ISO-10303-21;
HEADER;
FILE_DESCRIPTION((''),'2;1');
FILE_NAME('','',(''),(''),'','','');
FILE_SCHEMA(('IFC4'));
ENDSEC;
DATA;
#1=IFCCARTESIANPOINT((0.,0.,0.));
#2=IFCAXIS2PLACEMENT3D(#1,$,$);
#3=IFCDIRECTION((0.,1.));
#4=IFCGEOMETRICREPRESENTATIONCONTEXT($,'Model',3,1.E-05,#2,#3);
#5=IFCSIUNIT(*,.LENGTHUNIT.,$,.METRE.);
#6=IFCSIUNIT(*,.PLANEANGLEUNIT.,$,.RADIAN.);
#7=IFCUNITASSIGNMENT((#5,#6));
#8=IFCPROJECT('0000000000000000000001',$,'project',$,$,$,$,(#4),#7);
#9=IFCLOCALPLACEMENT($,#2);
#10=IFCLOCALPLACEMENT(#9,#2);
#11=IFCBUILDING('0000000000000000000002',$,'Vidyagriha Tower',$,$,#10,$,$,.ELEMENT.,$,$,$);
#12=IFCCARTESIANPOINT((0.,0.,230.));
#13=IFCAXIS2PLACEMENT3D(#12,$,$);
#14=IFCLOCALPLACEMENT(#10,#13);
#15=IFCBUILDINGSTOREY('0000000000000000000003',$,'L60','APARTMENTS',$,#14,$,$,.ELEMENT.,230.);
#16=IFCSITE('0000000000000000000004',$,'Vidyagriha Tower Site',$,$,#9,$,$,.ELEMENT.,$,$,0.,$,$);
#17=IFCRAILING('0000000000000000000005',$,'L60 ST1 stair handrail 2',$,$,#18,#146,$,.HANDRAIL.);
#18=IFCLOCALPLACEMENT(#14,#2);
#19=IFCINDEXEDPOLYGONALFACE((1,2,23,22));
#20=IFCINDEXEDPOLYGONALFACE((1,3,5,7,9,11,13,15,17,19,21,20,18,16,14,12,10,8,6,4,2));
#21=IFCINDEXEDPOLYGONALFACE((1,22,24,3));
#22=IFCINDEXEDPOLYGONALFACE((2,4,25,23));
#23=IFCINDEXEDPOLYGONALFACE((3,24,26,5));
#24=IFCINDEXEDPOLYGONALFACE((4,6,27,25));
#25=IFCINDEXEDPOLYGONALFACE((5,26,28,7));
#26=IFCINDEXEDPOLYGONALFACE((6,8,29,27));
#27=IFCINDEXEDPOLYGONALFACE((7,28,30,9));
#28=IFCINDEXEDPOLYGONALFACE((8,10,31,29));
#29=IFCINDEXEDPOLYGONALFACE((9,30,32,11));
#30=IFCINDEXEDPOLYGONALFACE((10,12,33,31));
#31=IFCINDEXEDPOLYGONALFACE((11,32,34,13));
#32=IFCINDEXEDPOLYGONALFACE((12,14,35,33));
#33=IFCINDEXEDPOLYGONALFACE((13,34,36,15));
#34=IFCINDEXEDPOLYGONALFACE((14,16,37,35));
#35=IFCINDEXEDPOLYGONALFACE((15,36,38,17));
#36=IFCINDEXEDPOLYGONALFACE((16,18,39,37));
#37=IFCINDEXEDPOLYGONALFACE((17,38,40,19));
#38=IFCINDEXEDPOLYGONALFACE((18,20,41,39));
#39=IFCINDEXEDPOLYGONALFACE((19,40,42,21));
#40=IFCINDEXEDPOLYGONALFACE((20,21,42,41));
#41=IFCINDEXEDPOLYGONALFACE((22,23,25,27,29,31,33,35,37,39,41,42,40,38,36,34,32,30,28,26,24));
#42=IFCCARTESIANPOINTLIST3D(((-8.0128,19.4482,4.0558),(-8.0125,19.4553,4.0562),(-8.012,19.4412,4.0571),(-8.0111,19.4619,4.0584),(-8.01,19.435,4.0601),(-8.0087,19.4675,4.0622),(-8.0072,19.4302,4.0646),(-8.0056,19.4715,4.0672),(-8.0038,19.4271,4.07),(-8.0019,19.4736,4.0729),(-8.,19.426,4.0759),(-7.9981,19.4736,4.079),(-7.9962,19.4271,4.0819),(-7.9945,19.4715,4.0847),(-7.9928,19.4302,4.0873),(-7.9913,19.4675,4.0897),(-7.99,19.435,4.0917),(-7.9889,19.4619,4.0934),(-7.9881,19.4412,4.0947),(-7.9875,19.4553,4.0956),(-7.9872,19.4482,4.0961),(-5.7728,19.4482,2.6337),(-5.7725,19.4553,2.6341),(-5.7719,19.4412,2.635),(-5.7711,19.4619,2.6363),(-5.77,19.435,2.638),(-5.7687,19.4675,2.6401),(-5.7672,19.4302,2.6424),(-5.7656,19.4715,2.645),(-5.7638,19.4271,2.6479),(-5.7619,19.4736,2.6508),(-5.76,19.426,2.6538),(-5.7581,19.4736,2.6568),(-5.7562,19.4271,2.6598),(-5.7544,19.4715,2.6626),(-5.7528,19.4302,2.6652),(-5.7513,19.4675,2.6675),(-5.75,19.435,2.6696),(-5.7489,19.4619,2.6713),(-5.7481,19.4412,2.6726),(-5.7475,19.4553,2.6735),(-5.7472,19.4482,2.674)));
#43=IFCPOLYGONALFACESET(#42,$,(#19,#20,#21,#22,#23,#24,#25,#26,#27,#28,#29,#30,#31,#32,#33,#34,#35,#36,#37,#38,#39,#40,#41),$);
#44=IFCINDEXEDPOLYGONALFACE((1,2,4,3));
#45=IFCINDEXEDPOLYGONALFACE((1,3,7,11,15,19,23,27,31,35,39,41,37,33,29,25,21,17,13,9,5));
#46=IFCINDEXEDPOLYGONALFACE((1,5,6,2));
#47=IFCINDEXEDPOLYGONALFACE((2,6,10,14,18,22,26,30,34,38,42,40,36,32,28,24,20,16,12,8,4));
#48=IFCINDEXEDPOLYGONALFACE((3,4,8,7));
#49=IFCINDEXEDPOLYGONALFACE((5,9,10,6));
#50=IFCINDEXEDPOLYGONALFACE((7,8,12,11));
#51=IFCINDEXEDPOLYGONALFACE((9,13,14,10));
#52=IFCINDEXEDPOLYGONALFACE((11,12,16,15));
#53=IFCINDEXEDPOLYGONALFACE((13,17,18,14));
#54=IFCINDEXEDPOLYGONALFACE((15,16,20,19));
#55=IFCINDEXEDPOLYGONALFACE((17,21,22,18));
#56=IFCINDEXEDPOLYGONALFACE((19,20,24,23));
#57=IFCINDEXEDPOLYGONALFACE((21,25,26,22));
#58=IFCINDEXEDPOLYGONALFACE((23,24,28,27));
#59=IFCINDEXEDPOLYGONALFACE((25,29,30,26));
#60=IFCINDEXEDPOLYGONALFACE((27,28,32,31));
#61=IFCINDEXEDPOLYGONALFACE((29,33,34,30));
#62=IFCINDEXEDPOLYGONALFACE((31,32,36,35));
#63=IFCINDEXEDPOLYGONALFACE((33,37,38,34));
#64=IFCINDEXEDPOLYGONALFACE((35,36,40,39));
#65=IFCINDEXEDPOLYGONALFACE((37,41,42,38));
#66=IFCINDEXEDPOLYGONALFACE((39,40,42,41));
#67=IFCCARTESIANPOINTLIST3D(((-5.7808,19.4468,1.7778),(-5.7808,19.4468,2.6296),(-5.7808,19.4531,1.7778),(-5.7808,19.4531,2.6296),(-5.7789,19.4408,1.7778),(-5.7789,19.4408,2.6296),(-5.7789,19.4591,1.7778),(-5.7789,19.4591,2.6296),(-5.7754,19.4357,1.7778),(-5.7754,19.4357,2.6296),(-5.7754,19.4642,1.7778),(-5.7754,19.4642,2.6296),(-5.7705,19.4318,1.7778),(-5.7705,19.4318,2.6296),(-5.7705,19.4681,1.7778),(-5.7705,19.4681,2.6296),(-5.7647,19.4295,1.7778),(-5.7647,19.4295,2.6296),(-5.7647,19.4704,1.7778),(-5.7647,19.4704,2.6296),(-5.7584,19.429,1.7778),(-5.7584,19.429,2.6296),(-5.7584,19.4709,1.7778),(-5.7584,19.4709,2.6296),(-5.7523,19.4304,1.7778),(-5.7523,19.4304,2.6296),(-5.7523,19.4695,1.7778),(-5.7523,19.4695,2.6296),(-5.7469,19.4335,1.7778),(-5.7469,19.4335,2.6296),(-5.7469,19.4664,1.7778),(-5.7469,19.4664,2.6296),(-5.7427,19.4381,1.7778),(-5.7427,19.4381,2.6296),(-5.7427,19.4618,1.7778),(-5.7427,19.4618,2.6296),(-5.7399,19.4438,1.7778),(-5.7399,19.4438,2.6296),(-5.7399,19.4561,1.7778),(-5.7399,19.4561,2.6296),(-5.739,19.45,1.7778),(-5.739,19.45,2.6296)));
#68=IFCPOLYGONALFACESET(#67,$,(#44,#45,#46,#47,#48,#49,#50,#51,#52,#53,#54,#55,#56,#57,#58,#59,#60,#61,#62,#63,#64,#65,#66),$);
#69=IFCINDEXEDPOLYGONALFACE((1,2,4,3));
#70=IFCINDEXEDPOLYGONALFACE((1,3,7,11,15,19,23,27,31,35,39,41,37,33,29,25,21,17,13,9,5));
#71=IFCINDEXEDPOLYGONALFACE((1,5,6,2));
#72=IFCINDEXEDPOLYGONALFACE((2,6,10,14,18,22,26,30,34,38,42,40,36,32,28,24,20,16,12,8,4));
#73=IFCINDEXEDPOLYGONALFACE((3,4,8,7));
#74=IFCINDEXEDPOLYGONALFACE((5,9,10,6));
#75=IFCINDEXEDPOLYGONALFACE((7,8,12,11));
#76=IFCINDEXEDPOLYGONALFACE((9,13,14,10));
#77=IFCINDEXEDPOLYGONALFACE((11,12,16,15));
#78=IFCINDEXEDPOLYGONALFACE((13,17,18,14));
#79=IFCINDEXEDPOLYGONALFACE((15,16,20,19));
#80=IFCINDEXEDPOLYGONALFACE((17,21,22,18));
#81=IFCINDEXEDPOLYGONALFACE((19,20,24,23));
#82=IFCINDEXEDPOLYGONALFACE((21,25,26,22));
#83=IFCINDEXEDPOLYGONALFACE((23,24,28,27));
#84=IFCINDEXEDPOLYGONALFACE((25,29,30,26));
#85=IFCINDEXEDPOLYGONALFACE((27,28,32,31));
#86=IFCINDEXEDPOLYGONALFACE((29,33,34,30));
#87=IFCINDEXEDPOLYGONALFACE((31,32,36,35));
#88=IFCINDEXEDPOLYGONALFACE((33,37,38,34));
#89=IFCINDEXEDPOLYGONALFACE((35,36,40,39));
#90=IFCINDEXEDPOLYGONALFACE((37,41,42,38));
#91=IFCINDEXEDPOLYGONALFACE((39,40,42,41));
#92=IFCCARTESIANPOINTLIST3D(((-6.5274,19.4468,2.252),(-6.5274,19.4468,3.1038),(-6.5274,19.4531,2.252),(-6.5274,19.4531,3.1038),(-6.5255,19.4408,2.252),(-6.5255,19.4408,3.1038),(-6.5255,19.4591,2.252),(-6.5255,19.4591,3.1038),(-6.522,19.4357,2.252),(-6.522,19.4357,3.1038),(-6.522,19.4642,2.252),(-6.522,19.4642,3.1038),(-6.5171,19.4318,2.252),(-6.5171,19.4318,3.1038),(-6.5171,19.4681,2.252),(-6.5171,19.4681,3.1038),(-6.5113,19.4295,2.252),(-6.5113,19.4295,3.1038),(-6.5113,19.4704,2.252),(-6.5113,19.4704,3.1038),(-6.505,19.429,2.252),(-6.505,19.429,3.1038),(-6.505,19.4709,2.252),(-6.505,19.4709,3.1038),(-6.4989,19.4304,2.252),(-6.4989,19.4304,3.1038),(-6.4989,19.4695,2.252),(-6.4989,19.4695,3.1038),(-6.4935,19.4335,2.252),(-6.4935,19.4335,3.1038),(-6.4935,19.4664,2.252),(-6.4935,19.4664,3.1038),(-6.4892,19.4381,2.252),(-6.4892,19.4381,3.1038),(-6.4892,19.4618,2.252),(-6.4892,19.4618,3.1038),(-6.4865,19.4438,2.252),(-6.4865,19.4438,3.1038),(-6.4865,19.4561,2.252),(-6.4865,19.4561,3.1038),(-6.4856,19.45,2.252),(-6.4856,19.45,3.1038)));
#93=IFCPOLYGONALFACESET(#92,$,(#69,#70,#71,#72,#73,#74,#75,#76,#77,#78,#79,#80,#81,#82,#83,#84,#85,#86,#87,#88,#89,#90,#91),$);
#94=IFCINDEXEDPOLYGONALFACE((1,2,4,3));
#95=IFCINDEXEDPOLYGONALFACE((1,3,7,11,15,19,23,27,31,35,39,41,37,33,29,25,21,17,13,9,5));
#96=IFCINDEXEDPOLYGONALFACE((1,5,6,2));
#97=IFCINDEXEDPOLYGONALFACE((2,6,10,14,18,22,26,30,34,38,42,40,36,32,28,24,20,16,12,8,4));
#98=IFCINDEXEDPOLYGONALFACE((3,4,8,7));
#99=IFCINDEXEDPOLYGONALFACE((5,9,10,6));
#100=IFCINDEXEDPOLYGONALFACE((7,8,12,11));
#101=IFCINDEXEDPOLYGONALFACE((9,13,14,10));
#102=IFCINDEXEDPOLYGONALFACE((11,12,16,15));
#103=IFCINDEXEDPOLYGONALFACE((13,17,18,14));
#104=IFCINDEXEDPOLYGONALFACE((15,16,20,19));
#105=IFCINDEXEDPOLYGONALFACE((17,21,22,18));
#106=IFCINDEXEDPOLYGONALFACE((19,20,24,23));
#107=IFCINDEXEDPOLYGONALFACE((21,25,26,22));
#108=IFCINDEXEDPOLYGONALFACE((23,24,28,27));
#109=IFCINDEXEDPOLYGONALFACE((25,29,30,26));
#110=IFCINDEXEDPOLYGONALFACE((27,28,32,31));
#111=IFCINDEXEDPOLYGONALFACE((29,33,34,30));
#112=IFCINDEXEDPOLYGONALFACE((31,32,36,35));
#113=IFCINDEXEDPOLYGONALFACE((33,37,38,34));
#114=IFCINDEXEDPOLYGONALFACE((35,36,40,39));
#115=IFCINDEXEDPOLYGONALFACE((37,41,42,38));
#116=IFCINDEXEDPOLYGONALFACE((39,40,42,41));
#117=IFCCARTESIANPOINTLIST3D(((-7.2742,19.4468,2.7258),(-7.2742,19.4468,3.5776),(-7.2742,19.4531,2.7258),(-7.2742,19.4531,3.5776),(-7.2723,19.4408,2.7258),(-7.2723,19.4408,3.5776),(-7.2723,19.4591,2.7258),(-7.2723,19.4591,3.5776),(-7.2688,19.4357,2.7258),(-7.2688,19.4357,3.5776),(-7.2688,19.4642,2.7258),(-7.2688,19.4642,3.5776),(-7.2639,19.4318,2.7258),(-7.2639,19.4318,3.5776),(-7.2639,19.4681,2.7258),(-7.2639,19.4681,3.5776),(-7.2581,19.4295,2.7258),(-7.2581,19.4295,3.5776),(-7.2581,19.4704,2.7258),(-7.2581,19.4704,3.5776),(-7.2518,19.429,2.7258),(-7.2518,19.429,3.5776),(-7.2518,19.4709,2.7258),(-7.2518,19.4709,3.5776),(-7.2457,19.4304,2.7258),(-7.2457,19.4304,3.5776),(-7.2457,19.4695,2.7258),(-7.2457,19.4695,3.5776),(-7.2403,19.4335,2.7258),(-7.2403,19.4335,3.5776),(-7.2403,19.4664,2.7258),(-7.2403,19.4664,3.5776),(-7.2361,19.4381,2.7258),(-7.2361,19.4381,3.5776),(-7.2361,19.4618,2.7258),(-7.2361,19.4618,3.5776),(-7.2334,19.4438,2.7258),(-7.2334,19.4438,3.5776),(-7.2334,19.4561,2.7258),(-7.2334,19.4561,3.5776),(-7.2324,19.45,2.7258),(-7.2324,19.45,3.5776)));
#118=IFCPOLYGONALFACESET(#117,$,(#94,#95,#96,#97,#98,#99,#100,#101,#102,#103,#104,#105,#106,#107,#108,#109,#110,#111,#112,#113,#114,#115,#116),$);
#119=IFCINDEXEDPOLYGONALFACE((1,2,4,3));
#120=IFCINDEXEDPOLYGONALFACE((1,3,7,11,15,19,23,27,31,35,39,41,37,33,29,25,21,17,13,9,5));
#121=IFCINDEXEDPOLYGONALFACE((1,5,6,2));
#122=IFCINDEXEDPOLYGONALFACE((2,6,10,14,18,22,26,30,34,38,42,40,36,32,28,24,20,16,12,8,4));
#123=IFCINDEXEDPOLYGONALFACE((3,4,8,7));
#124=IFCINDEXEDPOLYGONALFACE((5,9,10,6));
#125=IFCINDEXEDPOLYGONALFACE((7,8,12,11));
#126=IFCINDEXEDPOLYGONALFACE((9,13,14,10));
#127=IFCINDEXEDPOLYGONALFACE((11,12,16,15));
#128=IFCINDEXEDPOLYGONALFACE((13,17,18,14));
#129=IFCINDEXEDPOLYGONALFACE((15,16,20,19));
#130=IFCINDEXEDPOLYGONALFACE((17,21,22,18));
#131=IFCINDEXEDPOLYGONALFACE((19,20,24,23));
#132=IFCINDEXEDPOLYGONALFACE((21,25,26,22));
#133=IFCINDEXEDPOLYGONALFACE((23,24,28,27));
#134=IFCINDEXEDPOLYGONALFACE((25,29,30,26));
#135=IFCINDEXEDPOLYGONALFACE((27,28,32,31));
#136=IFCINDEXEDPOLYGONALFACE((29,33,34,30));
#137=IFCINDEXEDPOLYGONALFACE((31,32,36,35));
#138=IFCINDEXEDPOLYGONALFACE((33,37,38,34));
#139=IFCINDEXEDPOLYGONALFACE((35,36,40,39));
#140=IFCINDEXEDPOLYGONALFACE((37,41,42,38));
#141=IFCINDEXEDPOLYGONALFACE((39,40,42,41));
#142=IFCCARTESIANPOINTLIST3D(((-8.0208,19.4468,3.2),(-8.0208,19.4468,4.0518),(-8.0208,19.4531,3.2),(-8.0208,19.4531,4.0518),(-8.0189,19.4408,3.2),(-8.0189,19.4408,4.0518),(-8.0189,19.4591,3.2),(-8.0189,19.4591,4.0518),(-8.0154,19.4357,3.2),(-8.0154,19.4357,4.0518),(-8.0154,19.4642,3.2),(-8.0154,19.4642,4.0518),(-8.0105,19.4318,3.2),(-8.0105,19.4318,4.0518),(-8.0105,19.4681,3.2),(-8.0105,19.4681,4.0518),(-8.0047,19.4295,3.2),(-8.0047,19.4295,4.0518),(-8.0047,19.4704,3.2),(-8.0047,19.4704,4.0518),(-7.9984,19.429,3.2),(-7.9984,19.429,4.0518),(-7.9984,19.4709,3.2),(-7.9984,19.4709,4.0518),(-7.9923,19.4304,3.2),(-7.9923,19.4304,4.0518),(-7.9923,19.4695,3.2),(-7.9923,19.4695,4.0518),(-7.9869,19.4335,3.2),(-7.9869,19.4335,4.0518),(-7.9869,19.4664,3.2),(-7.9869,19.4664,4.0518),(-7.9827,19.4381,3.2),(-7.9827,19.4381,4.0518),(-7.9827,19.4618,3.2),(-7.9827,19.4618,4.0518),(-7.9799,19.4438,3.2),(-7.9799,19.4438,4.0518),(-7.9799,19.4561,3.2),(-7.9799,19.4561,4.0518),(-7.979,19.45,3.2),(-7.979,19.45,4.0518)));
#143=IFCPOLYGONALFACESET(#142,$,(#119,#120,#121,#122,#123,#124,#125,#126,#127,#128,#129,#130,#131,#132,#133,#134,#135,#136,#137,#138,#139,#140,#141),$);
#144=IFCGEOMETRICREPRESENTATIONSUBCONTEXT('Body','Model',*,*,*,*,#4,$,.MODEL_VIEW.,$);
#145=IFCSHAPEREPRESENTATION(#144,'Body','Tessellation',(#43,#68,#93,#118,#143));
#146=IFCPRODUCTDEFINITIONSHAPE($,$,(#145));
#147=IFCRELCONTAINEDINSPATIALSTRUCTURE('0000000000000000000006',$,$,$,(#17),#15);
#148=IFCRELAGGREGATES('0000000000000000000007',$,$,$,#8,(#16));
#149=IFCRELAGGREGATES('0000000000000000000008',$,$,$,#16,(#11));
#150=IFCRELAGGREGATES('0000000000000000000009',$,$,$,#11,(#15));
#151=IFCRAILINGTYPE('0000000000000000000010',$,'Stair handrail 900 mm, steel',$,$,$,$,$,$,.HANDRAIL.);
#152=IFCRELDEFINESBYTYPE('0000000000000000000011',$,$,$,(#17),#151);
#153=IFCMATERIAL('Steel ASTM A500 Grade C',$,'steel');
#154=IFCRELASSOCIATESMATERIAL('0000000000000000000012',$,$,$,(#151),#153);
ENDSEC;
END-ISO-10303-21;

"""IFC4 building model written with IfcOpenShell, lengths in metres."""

from ifc_helpers import new_model, si_unit, direction, frame, origin, origin_2d, place, context, subcontext, project, spatial, circle, extrude, material, type_object, element, save


model = new_model("IFC4")

# Units and contexts
model_context = context("Model", 3, precision=1e-05, world=origin(), true_north=direction((0.0, 1.0)))
body_context = subcontext(model_context, "Body", "Model", "MODEL_VIEW")
ifc_project = project(units=[si_unit("LENGTHUNIT", "METRE"), si_unit("PLANEANGLEUNIT", "RADIAN")], contexts=[model_context])

# Site, building, storey
site_placement = place(None, origin())
site = spatial("IfcSite", under=ifc_project, at=site_placement, Name="Vidyagriha Tower Site", CompositionType="ELEMENT", RefElevation=0.0)
building_placement = place(site_placement, origin())
building = spatial("IfcBuilding", under=site, at=building_placement, Name="Vidyagriha Tower", CompositionType="ELEMENT")
storey_placement = place(building_placement, frame((0.0, 0.0, 230.0)))
storey = spatial("IfcBuildingStorey", under=building, at=storey_placement, Name="L60", Description="APARTMENTS", CompositionType="ELEMENT", Elevation=230.0)

# Railing
ifc_material_1 = material(Name="Steel ASTM A500 Grade C", Category="steel")
railing_type_1 = type_object("IfcRailingType", Name="Stair handrail 900 mm, steel", PredefinedType="HANDRAIL", material=ifc_material_1)
railing_1_placement = place(storey_placement, frame((-5.76, 19.45, 1.7778)))
element("IfcRailing", 1, at=railing_1_placement, inside=storey, type_object=railing_type_1, Name="L60 ST1 stair handrail 2", PredefinedType="HANDRAIL", context=body_context, shape_type="SweptSolid", body=[
    extrude(circle(Radius=0.0239, at=origin_2d()), frame((0.0, 0.0, 0.876), z_axis=(-0.844229, 0.0, 0.535982), x_axis=(0.0, -1.0, 0.0)), (0.0, 0.0, 1.0), 2.6533),
    extrude(circle(Radius=0.021, at=origin_2d()), origin(), (0.0, 0.0, 1.0), 0.8518),
    extrude(circle(Radius=0.021, at=origin_2d()), frame((-0.7466, 0.0, 0.4741)), (0.0, 0.0, 1.0), 0.8518),
    extrude(circle(Radius=0.021, at=origin_2d()), frame((-1.4934, 0.0, 0.948)), (0.0, 0.0, 1.0), 0.8518),
    extrude(circle(Radius=0.021, at=origin_2d()), frame((-2.24, 0.0, 1.4221)), (0.0, 0.0, 1.0), 0.8518),
])

save(model, "model.ifc")
